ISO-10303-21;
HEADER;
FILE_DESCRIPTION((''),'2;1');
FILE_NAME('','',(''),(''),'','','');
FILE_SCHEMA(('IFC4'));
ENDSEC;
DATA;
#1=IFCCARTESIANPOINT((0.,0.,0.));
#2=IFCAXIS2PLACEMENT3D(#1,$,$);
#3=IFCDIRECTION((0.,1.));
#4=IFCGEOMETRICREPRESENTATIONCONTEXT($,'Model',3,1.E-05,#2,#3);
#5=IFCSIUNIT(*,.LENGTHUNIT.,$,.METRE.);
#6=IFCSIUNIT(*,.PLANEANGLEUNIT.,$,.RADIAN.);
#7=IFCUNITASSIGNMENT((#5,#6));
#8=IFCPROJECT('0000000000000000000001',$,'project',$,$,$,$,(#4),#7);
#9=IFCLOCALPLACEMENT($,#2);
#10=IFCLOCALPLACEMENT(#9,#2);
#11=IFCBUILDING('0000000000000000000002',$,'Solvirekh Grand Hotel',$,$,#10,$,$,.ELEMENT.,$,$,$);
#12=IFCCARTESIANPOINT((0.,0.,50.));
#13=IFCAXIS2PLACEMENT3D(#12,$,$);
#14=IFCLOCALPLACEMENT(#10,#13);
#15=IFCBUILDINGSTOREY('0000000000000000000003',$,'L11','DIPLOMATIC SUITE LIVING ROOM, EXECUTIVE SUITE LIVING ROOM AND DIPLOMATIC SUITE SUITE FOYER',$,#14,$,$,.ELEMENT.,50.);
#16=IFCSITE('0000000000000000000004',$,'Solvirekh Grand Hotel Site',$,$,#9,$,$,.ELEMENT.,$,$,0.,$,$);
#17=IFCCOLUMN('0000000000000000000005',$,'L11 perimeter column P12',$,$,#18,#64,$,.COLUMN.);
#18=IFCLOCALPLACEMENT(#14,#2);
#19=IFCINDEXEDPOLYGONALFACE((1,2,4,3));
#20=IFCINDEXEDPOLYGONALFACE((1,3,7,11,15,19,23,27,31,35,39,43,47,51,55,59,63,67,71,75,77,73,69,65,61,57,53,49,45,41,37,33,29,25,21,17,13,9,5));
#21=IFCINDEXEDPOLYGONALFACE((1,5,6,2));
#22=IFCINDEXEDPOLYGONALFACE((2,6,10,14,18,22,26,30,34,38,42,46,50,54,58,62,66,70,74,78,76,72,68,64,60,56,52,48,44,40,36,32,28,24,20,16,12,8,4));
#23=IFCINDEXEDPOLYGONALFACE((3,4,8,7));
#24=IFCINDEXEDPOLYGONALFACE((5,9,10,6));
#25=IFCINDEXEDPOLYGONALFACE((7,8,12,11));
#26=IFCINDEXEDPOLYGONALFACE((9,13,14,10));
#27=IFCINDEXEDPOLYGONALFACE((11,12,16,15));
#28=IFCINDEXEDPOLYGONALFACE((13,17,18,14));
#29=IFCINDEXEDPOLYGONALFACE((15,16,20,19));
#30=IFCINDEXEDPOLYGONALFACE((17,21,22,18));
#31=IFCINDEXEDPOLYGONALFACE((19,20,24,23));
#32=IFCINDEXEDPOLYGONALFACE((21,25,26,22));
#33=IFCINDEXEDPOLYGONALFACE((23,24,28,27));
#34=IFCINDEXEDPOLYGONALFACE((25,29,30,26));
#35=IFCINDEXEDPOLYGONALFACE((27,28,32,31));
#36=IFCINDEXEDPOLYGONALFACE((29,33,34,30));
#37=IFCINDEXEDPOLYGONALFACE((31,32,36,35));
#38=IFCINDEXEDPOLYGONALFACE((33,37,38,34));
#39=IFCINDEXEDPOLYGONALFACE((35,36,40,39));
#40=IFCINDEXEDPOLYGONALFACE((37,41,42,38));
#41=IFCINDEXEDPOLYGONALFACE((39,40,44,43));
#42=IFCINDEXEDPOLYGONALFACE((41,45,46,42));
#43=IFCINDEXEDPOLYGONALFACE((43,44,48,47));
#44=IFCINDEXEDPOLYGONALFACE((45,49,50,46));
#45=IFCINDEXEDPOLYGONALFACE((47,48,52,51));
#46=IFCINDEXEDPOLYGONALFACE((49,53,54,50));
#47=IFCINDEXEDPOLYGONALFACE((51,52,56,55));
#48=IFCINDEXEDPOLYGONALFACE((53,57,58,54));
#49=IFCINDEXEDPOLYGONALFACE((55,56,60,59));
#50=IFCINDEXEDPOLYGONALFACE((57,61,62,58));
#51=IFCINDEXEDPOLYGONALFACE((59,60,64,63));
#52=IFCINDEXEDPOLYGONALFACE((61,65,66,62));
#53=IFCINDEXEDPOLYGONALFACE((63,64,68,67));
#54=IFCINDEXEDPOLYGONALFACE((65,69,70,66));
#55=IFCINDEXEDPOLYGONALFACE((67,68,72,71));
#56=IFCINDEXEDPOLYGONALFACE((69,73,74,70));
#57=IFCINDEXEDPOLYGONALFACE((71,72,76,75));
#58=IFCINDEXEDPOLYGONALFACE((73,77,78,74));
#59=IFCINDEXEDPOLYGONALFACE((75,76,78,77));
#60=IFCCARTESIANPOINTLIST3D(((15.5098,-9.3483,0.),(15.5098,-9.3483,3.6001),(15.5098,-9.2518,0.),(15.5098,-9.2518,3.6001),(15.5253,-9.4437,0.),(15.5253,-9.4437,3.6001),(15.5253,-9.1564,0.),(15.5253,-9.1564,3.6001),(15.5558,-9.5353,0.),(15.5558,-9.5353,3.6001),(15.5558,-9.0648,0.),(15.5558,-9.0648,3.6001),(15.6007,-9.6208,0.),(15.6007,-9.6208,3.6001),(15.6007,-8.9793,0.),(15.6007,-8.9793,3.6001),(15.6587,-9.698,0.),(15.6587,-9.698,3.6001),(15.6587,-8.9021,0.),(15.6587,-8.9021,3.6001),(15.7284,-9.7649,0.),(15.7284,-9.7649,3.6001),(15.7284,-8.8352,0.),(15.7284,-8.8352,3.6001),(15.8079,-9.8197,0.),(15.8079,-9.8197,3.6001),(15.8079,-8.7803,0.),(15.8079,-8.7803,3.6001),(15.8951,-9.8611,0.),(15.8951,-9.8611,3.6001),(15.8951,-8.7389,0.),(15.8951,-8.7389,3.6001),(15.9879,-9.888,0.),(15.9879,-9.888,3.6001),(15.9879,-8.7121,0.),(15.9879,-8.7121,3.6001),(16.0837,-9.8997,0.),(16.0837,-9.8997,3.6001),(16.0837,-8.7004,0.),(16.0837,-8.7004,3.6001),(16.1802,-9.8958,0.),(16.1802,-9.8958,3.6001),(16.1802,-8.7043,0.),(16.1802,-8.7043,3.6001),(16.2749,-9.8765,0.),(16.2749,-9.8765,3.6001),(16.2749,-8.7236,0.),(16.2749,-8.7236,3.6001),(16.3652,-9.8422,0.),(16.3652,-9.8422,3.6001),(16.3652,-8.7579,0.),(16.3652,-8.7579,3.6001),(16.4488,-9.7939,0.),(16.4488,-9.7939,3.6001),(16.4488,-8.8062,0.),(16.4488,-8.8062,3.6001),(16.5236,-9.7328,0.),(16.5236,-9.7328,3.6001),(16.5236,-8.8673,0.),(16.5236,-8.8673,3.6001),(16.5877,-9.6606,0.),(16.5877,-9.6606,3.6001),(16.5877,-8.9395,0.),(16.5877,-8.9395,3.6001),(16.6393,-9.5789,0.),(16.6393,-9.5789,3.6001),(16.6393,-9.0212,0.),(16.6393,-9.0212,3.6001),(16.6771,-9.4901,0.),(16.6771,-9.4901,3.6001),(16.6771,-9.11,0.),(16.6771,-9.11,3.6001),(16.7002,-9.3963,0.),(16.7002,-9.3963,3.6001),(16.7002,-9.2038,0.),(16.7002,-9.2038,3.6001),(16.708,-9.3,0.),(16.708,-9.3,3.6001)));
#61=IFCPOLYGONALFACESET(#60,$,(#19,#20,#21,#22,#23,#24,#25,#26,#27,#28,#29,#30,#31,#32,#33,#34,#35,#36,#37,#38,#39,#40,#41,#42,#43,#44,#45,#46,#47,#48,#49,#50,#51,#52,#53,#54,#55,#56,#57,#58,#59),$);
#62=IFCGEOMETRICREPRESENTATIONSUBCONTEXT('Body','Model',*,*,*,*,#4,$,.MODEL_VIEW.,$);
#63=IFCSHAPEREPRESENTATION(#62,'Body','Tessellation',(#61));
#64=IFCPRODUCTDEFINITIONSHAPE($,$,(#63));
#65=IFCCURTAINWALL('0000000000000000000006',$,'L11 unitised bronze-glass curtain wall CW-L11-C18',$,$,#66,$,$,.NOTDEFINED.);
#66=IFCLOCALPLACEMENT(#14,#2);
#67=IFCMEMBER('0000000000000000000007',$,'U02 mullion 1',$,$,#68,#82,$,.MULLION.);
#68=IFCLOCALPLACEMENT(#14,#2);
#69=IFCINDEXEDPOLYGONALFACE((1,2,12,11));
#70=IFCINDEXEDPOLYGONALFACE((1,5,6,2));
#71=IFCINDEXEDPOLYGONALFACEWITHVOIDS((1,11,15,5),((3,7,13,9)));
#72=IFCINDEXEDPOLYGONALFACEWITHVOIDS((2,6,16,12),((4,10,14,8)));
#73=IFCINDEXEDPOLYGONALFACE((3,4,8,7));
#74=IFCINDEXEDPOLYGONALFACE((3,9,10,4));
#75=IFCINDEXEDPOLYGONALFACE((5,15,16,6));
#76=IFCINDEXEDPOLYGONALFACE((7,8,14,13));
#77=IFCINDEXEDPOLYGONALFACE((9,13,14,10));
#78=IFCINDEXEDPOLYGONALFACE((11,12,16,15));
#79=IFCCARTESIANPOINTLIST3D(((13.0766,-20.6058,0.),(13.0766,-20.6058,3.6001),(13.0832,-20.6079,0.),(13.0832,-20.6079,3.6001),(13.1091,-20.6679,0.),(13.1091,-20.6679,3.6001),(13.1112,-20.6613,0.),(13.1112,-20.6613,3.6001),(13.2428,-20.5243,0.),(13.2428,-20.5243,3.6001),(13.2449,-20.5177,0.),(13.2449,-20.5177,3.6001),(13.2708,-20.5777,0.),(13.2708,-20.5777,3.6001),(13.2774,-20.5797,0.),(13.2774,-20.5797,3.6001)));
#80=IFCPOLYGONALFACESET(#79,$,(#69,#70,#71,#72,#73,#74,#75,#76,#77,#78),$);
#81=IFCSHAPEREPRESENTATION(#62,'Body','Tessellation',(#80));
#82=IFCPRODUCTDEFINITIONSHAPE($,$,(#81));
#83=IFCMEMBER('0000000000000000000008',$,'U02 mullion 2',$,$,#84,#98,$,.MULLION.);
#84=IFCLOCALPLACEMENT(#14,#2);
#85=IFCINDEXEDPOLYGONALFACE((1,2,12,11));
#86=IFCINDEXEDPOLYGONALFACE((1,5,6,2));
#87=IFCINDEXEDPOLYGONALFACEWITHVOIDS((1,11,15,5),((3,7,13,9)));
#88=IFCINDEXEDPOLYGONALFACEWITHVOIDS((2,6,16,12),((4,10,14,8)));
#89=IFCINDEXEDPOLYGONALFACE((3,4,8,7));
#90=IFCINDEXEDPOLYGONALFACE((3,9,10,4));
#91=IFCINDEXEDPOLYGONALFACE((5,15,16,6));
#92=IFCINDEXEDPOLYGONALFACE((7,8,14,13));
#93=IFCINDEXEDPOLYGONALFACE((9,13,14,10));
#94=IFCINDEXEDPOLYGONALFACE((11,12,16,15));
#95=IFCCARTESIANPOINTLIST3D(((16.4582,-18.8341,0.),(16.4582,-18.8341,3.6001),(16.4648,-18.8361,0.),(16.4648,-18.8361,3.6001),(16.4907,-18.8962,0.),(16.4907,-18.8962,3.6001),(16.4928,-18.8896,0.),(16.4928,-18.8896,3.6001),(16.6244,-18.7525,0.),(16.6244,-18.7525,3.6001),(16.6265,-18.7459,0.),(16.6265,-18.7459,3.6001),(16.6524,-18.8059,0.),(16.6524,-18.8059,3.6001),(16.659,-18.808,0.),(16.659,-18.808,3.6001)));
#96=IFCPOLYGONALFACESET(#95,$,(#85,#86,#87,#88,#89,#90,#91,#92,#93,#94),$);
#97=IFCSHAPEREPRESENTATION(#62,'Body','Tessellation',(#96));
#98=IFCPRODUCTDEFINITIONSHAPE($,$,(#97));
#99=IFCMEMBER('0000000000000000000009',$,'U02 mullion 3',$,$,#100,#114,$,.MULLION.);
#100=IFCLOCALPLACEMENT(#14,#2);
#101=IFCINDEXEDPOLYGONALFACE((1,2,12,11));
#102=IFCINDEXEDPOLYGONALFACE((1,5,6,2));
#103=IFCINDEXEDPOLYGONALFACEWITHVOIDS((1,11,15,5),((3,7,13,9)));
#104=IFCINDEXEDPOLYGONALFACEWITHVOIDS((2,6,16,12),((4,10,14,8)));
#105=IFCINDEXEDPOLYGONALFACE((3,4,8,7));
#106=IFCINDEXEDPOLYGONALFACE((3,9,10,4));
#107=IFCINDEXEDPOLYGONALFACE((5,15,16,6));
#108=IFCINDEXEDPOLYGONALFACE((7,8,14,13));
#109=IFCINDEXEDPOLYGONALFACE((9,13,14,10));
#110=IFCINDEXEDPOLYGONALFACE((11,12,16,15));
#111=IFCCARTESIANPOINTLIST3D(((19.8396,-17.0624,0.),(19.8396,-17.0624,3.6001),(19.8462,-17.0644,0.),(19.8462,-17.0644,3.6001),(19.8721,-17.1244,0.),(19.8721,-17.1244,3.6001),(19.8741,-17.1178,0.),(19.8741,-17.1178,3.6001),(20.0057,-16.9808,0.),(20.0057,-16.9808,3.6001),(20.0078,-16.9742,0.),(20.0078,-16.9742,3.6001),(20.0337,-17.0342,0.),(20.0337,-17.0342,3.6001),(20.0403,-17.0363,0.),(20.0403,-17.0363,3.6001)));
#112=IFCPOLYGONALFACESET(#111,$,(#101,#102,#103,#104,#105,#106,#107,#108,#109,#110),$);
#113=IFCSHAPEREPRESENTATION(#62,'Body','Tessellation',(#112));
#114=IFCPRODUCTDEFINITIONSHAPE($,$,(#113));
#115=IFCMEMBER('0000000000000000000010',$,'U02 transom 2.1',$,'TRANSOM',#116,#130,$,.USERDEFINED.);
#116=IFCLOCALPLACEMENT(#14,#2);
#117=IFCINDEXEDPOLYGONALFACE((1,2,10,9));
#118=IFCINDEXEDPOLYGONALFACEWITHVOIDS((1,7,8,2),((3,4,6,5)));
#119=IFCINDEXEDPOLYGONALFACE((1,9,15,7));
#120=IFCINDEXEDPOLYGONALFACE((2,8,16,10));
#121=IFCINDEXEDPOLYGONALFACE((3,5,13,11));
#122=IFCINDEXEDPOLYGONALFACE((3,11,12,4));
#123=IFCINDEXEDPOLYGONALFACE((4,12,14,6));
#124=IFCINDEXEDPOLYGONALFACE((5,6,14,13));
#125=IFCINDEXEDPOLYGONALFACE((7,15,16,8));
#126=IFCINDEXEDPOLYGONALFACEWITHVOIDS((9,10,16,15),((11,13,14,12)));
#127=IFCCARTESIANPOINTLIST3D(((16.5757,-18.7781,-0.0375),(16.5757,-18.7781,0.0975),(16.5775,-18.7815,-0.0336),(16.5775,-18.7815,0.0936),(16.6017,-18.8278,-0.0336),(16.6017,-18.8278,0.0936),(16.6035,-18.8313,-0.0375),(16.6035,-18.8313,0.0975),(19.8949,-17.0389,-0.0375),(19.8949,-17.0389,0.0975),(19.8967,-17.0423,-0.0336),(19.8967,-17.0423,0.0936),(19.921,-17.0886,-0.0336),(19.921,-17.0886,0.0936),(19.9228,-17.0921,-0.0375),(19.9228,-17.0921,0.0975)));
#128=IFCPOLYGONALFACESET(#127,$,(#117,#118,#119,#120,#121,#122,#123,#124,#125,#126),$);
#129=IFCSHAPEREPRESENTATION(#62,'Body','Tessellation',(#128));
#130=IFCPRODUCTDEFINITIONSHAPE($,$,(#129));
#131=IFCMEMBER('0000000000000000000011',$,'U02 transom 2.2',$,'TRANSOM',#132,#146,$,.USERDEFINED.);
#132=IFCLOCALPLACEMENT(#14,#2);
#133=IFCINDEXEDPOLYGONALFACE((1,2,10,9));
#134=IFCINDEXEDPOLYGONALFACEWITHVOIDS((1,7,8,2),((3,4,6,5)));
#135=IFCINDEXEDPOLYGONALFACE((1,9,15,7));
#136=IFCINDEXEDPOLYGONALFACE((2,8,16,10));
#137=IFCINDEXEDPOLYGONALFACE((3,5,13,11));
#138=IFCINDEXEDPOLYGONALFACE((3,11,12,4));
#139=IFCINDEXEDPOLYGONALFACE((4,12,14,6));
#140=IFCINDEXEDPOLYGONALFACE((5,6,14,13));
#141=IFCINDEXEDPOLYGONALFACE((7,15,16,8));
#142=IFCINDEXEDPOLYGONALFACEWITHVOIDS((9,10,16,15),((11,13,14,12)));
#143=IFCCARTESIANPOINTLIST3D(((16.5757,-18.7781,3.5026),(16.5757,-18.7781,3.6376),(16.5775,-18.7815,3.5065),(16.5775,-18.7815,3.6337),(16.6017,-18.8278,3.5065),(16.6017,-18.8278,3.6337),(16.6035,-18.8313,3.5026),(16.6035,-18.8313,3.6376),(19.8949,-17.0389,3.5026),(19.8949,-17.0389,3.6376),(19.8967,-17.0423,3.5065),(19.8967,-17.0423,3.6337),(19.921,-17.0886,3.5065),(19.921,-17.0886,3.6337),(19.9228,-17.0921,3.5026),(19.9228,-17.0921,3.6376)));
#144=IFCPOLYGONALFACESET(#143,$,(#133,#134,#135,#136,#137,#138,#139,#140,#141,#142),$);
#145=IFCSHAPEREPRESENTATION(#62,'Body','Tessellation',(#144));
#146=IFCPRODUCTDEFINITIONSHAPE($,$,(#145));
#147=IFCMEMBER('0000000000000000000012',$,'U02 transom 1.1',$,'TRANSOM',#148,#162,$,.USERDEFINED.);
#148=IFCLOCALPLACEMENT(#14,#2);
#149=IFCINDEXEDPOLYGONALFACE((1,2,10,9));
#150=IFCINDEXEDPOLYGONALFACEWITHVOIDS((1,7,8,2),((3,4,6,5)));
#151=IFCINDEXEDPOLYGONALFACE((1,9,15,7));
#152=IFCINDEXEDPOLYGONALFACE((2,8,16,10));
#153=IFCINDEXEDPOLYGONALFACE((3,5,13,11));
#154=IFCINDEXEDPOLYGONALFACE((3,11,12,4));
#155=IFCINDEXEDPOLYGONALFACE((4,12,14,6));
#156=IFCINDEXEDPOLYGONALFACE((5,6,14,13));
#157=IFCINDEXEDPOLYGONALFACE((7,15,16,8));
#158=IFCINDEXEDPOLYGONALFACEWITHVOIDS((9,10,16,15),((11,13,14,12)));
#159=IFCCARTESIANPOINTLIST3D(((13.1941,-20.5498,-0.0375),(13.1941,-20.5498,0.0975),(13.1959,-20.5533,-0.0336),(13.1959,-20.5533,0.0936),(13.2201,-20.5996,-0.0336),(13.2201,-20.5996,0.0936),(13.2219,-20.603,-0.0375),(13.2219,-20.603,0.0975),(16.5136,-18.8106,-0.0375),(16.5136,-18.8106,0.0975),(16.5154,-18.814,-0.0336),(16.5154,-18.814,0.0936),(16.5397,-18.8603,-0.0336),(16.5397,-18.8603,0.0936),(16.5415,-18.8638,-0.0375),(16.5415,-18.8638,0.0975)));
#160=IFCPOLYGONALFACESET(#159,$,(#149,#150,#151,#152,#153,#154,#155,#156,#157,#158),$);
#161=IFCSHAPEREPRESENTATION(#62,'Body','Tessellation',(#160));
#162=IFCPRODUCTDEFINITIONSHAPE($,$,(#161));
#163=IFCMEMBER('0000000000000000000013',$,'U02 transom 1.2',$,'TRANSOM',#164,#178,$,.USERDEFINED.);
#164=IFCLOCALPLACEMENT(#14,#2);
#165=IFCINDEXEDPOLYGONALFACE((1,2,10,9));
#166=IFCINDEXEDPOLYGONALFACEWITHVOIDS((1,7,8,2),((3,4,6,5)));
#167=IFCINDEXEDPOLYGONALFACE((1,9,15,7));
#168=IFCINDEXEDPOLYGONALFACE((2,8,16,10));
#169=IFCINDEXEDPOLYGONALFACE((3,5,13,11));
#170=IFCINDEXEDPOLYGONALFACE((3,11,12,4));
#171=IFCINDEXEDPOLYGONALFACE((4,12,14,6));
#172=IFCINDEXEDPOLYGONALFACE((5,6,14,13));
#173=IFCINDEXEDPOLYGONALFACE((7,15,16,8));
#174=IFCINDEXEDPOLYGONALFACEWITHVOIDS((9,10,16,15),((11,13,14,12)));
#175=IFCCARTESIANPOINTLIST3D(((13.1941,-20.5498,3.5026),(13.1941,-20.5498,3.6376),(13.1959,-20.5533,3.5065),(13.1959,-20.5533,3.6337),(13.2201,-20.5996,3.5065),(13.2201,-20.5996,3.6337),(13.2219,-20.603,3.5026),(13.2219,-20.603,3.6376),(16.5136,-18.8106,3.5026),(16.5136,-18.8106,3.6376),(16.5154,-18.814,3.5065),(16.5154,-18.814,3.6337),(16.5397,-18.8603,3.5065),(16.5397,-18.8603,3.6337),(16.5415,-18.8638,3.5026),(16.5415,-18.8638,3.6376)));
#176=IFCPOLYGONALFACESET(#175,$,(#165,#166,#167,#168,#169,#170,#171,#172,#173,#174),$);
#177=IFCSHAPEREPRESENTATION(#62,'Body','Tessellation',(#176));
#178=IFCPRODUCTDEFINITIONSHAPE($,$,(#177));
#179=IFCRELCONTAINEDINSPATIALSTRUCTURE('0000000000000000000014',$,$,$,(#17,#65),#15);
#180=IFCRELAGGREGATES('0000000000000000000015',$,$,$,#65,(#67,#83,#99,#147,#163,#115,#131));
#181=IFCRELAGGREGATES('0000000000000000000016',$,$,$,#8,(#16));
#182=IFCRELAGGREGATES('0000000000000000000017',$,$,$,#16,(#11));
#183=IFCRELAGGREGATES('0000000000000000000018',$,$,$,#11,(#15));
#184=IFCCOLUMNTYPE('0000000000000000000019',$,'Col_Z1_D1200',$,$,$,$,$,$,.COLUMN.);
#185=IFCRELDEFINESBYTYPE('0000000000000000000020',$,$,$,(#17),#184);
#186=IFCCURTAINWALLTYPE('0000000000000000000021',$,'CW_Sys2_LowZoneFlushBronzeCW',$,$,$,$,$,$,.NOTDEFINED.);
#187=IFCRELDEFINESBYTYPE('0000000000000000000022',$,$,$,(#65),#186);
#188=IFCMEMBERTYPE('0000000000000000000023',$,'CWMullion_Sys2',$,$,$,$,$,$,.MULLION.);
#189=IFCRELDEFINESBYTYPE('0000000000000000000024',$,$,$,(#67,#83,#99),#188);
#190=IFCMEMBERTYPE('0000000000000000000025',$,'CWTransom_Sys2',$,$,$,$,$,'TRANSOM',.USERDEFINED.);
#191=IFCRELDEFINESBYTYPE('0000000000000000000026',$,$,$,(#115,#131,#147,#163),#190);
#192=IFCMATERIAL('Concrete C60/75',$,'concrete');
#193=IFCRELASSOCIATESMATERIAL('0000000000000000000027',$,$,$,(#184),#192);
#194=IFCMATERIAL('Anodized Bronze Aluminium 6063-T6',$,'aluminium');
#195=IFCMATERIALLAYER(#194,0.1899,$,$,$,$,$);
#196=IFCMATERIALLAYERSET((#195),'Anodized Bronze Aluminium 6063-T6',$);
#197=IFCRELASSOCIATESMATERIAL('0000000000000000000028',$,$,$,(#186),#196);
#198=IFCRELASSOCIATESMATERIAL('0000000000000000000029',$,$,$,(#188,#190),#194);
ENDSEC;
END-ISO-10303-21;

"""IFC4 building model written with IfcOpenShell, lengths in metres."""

from ifc_helpers import new_model, si_unit, direction, frame, origin, origin_2d, place, context, subcontext, project, spatial, hollow_rectangle, circle, extrude, source, transform, mapped, material, layer, layer_set, material_profile, profile_set, type_object, element, aggregate, save


model = new_model("IFC4")

# Units and contexts
model_context = context("Model", 3, precision=1e-05, world=origin(), true_north=direction((0.0, 1.0)))
body_context = subcontext(model_context, "Body", "Model", "MODEL_VIEW")
ifc_project = project(units=[si_unit("LENGTHUNIT", "METRE"), si_unit("PLANEANGLEUNIT", "RADIAN")], contexts=[model_context])

# Site, building, storey
site_placement = place(None, origin())
site = spatial("IfcSite", under=ifc_project, at=site_placement, Name="Solvirekh Grand Hotel Site", CompositionType="ELEMENT", RefElevation=0.0)
building_placement = place(site_placement, origin())
building = spatial("IfcBuilding", under=site, at=building_placement, Name="Solvirekh Grand Hotel", CompositionType="ELEMENT")
storey_placement = place(building_placement, frame((0.0, 0.0, 50.0)))
storey = spatial("IfcBuildingStorey", under=building, at=storey_placement, Name="L11", Description="DIPLOMATIC SUITE LIVING ROOM, EXECUTIVE SUITE LIVING ROOM AND DIPLOMATIC SUITE SUITE FOYER", CompositionType="ELEMENT", Elevation=50.0)

# Column
ifc_material_1 = material(Name="Concrete C60/75", Category="concrete")
ifc_material_profile_1 = material_profile(ifc_material_1, circle(Radius=0.6001, at=origin_2d()), Name="RC CIRC D1200")
ifc_profile_set_1 = profile_set([ifc_material_profile_1], Name="Concrete C60/75")
column_type = type_object("IfcColumnType", Name="Col_Z1_D1200", PredefinedType="COLUMN", material=ifc_profile_set_1)
column_placement = place(storey_placement, frame((16.1079, -9.3, 0.0), z_axis=(0.0, 0.0, 1.0), x_axis=(1.0, 0.0, 0.0)))
element("IfcColumn", 1, at=column_placement, inside=storey, type_object=column_type, Name="L11 perimeter column P12", PredefinedType="COLUMN", context=body_context, shape_type="SweptSolid", body=[
    extrude(circle(Radius=0.6001, at=origin_2d()), origin(), (0.0, 0.0, 1.0), 3.6001),
])

# Curtain wall, members
ifc_material_2 = material(Name="Anodized Bronze Aluminium 6063-T6", Category="aluminium")
ifc_layer_1 = layer(ifc_material_2, 0.1899)
ifc_layer_set_1 = layer_set([ifc_layer_1], Name="Anodized Bronze Aluminium 6063-T6")
curtain_wall_type = type_object("IfcCurtainWallType", Name="CW_Sys2_LowZoneFlushBronzeCW", PredefinedType="NOTDEFINED", material=ifc_layer_set_1)
curtain_wall_placement = place(storey_placement, origin())
curtain_wall = element("IfcCurtainWall", 2, at=curtain_wall_placement, inside=storey, type_object=curtain_wall_type, Name="L11 unitised bronze-glass curtain wall CW-L11-C18", PredefinedType="NOTDEFINED")
ifc_material_profile_2 = material_profile(ifc_material_2, hollow_rectangle(XDim=0.0701, YDim=0.1899, WallThickness=0.0049, at=origin_2d()), Name="ALU RHS 190X70X5")
ifc_profile_set_2 = profile_set([ifc_material_profile_2], Name="Anodized Bronze Aluminium 6063-T6")
member_type_1 = type_object("IfcMemberType", Name="CWMullion_Sys2", PredefinedType="MULLION", material=ifc_profile_set_2)
shared_shape_1 = source(origin(), body_context, "Body", "SweptSolid", [
    extrude(hollow_rectangle(XDim=0.0701, YDim=0.1899, WallThickness=0.0049, at=origin_2d()), origin(), (0.0, 0.0, 1.0), 3.6001),
])
member_1_placement = place(storey_placement, frame((13.177, -20.5928, 0.0), z_axis=(0.0, 0.0, 1.0), x_axis=(-0.464109, 0.885778, 0.0)))
member_1 = element("IfcMember", 3, at=member_1_placement, type_object=member_type_1, Name="U02 mullion 1", PredefinedType="MULLION", context=body_context, shape_type="MappedRepresentation", body=[
    mapped(shared_shape_1, transform((0.0, 0.0, 0.0), x_axis=(1.0, 0.0, 0.0), y_axis=(0.0, 1.0, 0.0), z_axis=(0.0, 0.0, 1.0), scale=1.0)),
])
member_2_placement = place(storey_placement, frame((16.5586, -18.821, 0.0), z_axis=(0.0, 0.0, 1.0), x_axis=(-0.464109, 0.885778, 0.0)))
member_2 = element("IfcMember", 4, at=member_2_placement, type_object=member_type_1, Name="U02 mullion 2", PredefinedType="MULLION", context=body_context, shape_type="MappedRepresentation", body=[
    mapped(shared_shape_1, transform((0.0, 0.0, 0.0), x_axis=(1.0, 0.0, 0.0), y_axis=(0.0, 1.0, 0.0), z_axis=(0.0, 0.0, 1.0), scale=1.0)),
])
member_3_placement = place(storey_placement, frame((19.9399, -17.0493, 0.0), z_axis=(0.0, 0.0, 1.0), x_axis=(-0.464109, 0.885778, 0.0)))
member_3 = element("IfcMember", 5, at=member_3_placement, type_object=member_type_1, Name="U02 mullion 3", PredefinedType="MULLION", context=body_context, shape_type="MappedRepresentation", body=[
    mapped(shared_shape_1, transform((0.0, 0.0, 0.0), x_axis=(1.0, 0.0, 0.0), y_axis=(0.0, 1.0, 0.0), z_axis=(0.0, 0.0, 1.0), scale=1.0)),
])
ifc_material_profile_3 = material_profile(ifc_material_2, hollow_rectangle(XDim=0.0601, YDim=0.135, WallThickness=0.0039, at=origin_2d()), Name="ALU RHS 135X60X4")
ifc_profile_set_3 = profile_set([ifc_material_profile_3], Name="Anodized Bronze Aluminium 6063-T6")
member_type_2 = type_object("IfcMemberType", Name="CWTransom_Sys2", ElementType="TRANSOM", PredefinedType="USERDEFINED", material=ifc_profile_set_3)
shared_shape_2 = source(origin(), body_context, "Body", "SweptSolid", [
    extrude(hollow_rectangle(XDim=0.0601, YDim=0.135, WallThickness=0.0039, at=origin_2d()), origin(), (0.0, 0.0, 1.0), 3.7473),
])
member_4_placement = place(storey_placement, frame((16.5896, -18.8047, 0.03), z_axis=(0.88577, 0.464124, 0.0), x_axis=(-0.464124, 0.88577, 0.0)))
member_4 = element("IfcMember", 6, at=member_4_placement, type_object=member_type_2, Name="U02 transom 2.1", ObjectType="TRANSOM", PredefinedType="USERDEFINED", context=body_context, shape_type="MappedRepresentation", body=[
    mapped(shared_shape_2, transform((0.0, 0.0, 0.0), x_axis=(1.0, 0.0, 0.0), y_axis=(0.0, 1.0, 0.0), z_axis=(0.0, 0.0, 1.0), scale=1.0)),
])
member_5_placement = place(storey_placement, frame((16.5896, -18.8047, 3.5701), z_axis=(0.88577, 0.464124, 0.0), x_axis=(-0.464124, 0.88577, 0.0)))
member_5 = element("IfcMember", 7, at=member_5_placement, type_object=member_type_2, Name="U02 transom 2.2", ObjectType="TRANSOM", PredefinedType="USERDEFINED", context=body_context, shape_type="MappedRepresentation", body=[
    mapped(shared_shape_2, transform((0.0, 0.0, 0.0), x_axis=(1.0, 0.0, 0.0), y_axis=(0.0, 1.0, 0.0), z_axis=(0.0, 0.0, 1.0), scale=1.0)),
])
shared_shape_3 = source(origin(), body_context, "Body", "SweptSolid", [
    extrude(hollow_rectangle(XDim=0.0601, YDim=0.135, WallThickness=0.0039, at=origin_2d()), origin(), (0.0, 0.0, 1.0), 3.7476),
])
member_6_placement = place(storey_placement, frame((13.208, -20.5764, 0.03), z_axis=(0.885784, 0.464097, 0.0), x_axis=(-0.464097, 0.885784, 0.0)))
member_6 = element("IfcMember", 8, at=member_6_placement, type_object=member_type_2, Name="U02 transom 1.1", ObjectType="TRANSOM", PredefinedType="USERDEFINED", context=body_context, shape_type="MappedRepresentation", body=[
    mapped(shared_shape_3, transform((0.0, 0.0, 0.0), x_axis=(1.0, 0.0, 0.0), y_axis=(0.0, 1.0, 0.0), z_axis=(0.0, 0.0, 1.0), scale=1.0)),
])
member_7_placement = place(storey_placement, frame((13.208, -20.5764, 3.5701), z_axis=(0.885784, 0.464097, 0.0), x_axis=(-0.464097, 0.885784, 0.0)))
member_7 = element("IfcMember", 9, at=member_7_placement, type_object=member_type_2, Name="U02 transom 1.2", ObjectType="TRANSOM", PredefinedType="USERDEFINED", context=body_context, shape_type="MappedRepresentation", body=[
    mapped(shared_shape_3, transform((0.0, 0.0, 0.0), x_axis=(1.0, 0.0, 0.0), y_axis=(0.0, 1.0, 0.0), z_axis=(0.0, 0.0, 1.0), scale=1.0)),
])
aggregate(curtain_wall, [member_1, member_2, member_3, member_6, member_7, member_4, member_5])

save(model, "model.ifc")
